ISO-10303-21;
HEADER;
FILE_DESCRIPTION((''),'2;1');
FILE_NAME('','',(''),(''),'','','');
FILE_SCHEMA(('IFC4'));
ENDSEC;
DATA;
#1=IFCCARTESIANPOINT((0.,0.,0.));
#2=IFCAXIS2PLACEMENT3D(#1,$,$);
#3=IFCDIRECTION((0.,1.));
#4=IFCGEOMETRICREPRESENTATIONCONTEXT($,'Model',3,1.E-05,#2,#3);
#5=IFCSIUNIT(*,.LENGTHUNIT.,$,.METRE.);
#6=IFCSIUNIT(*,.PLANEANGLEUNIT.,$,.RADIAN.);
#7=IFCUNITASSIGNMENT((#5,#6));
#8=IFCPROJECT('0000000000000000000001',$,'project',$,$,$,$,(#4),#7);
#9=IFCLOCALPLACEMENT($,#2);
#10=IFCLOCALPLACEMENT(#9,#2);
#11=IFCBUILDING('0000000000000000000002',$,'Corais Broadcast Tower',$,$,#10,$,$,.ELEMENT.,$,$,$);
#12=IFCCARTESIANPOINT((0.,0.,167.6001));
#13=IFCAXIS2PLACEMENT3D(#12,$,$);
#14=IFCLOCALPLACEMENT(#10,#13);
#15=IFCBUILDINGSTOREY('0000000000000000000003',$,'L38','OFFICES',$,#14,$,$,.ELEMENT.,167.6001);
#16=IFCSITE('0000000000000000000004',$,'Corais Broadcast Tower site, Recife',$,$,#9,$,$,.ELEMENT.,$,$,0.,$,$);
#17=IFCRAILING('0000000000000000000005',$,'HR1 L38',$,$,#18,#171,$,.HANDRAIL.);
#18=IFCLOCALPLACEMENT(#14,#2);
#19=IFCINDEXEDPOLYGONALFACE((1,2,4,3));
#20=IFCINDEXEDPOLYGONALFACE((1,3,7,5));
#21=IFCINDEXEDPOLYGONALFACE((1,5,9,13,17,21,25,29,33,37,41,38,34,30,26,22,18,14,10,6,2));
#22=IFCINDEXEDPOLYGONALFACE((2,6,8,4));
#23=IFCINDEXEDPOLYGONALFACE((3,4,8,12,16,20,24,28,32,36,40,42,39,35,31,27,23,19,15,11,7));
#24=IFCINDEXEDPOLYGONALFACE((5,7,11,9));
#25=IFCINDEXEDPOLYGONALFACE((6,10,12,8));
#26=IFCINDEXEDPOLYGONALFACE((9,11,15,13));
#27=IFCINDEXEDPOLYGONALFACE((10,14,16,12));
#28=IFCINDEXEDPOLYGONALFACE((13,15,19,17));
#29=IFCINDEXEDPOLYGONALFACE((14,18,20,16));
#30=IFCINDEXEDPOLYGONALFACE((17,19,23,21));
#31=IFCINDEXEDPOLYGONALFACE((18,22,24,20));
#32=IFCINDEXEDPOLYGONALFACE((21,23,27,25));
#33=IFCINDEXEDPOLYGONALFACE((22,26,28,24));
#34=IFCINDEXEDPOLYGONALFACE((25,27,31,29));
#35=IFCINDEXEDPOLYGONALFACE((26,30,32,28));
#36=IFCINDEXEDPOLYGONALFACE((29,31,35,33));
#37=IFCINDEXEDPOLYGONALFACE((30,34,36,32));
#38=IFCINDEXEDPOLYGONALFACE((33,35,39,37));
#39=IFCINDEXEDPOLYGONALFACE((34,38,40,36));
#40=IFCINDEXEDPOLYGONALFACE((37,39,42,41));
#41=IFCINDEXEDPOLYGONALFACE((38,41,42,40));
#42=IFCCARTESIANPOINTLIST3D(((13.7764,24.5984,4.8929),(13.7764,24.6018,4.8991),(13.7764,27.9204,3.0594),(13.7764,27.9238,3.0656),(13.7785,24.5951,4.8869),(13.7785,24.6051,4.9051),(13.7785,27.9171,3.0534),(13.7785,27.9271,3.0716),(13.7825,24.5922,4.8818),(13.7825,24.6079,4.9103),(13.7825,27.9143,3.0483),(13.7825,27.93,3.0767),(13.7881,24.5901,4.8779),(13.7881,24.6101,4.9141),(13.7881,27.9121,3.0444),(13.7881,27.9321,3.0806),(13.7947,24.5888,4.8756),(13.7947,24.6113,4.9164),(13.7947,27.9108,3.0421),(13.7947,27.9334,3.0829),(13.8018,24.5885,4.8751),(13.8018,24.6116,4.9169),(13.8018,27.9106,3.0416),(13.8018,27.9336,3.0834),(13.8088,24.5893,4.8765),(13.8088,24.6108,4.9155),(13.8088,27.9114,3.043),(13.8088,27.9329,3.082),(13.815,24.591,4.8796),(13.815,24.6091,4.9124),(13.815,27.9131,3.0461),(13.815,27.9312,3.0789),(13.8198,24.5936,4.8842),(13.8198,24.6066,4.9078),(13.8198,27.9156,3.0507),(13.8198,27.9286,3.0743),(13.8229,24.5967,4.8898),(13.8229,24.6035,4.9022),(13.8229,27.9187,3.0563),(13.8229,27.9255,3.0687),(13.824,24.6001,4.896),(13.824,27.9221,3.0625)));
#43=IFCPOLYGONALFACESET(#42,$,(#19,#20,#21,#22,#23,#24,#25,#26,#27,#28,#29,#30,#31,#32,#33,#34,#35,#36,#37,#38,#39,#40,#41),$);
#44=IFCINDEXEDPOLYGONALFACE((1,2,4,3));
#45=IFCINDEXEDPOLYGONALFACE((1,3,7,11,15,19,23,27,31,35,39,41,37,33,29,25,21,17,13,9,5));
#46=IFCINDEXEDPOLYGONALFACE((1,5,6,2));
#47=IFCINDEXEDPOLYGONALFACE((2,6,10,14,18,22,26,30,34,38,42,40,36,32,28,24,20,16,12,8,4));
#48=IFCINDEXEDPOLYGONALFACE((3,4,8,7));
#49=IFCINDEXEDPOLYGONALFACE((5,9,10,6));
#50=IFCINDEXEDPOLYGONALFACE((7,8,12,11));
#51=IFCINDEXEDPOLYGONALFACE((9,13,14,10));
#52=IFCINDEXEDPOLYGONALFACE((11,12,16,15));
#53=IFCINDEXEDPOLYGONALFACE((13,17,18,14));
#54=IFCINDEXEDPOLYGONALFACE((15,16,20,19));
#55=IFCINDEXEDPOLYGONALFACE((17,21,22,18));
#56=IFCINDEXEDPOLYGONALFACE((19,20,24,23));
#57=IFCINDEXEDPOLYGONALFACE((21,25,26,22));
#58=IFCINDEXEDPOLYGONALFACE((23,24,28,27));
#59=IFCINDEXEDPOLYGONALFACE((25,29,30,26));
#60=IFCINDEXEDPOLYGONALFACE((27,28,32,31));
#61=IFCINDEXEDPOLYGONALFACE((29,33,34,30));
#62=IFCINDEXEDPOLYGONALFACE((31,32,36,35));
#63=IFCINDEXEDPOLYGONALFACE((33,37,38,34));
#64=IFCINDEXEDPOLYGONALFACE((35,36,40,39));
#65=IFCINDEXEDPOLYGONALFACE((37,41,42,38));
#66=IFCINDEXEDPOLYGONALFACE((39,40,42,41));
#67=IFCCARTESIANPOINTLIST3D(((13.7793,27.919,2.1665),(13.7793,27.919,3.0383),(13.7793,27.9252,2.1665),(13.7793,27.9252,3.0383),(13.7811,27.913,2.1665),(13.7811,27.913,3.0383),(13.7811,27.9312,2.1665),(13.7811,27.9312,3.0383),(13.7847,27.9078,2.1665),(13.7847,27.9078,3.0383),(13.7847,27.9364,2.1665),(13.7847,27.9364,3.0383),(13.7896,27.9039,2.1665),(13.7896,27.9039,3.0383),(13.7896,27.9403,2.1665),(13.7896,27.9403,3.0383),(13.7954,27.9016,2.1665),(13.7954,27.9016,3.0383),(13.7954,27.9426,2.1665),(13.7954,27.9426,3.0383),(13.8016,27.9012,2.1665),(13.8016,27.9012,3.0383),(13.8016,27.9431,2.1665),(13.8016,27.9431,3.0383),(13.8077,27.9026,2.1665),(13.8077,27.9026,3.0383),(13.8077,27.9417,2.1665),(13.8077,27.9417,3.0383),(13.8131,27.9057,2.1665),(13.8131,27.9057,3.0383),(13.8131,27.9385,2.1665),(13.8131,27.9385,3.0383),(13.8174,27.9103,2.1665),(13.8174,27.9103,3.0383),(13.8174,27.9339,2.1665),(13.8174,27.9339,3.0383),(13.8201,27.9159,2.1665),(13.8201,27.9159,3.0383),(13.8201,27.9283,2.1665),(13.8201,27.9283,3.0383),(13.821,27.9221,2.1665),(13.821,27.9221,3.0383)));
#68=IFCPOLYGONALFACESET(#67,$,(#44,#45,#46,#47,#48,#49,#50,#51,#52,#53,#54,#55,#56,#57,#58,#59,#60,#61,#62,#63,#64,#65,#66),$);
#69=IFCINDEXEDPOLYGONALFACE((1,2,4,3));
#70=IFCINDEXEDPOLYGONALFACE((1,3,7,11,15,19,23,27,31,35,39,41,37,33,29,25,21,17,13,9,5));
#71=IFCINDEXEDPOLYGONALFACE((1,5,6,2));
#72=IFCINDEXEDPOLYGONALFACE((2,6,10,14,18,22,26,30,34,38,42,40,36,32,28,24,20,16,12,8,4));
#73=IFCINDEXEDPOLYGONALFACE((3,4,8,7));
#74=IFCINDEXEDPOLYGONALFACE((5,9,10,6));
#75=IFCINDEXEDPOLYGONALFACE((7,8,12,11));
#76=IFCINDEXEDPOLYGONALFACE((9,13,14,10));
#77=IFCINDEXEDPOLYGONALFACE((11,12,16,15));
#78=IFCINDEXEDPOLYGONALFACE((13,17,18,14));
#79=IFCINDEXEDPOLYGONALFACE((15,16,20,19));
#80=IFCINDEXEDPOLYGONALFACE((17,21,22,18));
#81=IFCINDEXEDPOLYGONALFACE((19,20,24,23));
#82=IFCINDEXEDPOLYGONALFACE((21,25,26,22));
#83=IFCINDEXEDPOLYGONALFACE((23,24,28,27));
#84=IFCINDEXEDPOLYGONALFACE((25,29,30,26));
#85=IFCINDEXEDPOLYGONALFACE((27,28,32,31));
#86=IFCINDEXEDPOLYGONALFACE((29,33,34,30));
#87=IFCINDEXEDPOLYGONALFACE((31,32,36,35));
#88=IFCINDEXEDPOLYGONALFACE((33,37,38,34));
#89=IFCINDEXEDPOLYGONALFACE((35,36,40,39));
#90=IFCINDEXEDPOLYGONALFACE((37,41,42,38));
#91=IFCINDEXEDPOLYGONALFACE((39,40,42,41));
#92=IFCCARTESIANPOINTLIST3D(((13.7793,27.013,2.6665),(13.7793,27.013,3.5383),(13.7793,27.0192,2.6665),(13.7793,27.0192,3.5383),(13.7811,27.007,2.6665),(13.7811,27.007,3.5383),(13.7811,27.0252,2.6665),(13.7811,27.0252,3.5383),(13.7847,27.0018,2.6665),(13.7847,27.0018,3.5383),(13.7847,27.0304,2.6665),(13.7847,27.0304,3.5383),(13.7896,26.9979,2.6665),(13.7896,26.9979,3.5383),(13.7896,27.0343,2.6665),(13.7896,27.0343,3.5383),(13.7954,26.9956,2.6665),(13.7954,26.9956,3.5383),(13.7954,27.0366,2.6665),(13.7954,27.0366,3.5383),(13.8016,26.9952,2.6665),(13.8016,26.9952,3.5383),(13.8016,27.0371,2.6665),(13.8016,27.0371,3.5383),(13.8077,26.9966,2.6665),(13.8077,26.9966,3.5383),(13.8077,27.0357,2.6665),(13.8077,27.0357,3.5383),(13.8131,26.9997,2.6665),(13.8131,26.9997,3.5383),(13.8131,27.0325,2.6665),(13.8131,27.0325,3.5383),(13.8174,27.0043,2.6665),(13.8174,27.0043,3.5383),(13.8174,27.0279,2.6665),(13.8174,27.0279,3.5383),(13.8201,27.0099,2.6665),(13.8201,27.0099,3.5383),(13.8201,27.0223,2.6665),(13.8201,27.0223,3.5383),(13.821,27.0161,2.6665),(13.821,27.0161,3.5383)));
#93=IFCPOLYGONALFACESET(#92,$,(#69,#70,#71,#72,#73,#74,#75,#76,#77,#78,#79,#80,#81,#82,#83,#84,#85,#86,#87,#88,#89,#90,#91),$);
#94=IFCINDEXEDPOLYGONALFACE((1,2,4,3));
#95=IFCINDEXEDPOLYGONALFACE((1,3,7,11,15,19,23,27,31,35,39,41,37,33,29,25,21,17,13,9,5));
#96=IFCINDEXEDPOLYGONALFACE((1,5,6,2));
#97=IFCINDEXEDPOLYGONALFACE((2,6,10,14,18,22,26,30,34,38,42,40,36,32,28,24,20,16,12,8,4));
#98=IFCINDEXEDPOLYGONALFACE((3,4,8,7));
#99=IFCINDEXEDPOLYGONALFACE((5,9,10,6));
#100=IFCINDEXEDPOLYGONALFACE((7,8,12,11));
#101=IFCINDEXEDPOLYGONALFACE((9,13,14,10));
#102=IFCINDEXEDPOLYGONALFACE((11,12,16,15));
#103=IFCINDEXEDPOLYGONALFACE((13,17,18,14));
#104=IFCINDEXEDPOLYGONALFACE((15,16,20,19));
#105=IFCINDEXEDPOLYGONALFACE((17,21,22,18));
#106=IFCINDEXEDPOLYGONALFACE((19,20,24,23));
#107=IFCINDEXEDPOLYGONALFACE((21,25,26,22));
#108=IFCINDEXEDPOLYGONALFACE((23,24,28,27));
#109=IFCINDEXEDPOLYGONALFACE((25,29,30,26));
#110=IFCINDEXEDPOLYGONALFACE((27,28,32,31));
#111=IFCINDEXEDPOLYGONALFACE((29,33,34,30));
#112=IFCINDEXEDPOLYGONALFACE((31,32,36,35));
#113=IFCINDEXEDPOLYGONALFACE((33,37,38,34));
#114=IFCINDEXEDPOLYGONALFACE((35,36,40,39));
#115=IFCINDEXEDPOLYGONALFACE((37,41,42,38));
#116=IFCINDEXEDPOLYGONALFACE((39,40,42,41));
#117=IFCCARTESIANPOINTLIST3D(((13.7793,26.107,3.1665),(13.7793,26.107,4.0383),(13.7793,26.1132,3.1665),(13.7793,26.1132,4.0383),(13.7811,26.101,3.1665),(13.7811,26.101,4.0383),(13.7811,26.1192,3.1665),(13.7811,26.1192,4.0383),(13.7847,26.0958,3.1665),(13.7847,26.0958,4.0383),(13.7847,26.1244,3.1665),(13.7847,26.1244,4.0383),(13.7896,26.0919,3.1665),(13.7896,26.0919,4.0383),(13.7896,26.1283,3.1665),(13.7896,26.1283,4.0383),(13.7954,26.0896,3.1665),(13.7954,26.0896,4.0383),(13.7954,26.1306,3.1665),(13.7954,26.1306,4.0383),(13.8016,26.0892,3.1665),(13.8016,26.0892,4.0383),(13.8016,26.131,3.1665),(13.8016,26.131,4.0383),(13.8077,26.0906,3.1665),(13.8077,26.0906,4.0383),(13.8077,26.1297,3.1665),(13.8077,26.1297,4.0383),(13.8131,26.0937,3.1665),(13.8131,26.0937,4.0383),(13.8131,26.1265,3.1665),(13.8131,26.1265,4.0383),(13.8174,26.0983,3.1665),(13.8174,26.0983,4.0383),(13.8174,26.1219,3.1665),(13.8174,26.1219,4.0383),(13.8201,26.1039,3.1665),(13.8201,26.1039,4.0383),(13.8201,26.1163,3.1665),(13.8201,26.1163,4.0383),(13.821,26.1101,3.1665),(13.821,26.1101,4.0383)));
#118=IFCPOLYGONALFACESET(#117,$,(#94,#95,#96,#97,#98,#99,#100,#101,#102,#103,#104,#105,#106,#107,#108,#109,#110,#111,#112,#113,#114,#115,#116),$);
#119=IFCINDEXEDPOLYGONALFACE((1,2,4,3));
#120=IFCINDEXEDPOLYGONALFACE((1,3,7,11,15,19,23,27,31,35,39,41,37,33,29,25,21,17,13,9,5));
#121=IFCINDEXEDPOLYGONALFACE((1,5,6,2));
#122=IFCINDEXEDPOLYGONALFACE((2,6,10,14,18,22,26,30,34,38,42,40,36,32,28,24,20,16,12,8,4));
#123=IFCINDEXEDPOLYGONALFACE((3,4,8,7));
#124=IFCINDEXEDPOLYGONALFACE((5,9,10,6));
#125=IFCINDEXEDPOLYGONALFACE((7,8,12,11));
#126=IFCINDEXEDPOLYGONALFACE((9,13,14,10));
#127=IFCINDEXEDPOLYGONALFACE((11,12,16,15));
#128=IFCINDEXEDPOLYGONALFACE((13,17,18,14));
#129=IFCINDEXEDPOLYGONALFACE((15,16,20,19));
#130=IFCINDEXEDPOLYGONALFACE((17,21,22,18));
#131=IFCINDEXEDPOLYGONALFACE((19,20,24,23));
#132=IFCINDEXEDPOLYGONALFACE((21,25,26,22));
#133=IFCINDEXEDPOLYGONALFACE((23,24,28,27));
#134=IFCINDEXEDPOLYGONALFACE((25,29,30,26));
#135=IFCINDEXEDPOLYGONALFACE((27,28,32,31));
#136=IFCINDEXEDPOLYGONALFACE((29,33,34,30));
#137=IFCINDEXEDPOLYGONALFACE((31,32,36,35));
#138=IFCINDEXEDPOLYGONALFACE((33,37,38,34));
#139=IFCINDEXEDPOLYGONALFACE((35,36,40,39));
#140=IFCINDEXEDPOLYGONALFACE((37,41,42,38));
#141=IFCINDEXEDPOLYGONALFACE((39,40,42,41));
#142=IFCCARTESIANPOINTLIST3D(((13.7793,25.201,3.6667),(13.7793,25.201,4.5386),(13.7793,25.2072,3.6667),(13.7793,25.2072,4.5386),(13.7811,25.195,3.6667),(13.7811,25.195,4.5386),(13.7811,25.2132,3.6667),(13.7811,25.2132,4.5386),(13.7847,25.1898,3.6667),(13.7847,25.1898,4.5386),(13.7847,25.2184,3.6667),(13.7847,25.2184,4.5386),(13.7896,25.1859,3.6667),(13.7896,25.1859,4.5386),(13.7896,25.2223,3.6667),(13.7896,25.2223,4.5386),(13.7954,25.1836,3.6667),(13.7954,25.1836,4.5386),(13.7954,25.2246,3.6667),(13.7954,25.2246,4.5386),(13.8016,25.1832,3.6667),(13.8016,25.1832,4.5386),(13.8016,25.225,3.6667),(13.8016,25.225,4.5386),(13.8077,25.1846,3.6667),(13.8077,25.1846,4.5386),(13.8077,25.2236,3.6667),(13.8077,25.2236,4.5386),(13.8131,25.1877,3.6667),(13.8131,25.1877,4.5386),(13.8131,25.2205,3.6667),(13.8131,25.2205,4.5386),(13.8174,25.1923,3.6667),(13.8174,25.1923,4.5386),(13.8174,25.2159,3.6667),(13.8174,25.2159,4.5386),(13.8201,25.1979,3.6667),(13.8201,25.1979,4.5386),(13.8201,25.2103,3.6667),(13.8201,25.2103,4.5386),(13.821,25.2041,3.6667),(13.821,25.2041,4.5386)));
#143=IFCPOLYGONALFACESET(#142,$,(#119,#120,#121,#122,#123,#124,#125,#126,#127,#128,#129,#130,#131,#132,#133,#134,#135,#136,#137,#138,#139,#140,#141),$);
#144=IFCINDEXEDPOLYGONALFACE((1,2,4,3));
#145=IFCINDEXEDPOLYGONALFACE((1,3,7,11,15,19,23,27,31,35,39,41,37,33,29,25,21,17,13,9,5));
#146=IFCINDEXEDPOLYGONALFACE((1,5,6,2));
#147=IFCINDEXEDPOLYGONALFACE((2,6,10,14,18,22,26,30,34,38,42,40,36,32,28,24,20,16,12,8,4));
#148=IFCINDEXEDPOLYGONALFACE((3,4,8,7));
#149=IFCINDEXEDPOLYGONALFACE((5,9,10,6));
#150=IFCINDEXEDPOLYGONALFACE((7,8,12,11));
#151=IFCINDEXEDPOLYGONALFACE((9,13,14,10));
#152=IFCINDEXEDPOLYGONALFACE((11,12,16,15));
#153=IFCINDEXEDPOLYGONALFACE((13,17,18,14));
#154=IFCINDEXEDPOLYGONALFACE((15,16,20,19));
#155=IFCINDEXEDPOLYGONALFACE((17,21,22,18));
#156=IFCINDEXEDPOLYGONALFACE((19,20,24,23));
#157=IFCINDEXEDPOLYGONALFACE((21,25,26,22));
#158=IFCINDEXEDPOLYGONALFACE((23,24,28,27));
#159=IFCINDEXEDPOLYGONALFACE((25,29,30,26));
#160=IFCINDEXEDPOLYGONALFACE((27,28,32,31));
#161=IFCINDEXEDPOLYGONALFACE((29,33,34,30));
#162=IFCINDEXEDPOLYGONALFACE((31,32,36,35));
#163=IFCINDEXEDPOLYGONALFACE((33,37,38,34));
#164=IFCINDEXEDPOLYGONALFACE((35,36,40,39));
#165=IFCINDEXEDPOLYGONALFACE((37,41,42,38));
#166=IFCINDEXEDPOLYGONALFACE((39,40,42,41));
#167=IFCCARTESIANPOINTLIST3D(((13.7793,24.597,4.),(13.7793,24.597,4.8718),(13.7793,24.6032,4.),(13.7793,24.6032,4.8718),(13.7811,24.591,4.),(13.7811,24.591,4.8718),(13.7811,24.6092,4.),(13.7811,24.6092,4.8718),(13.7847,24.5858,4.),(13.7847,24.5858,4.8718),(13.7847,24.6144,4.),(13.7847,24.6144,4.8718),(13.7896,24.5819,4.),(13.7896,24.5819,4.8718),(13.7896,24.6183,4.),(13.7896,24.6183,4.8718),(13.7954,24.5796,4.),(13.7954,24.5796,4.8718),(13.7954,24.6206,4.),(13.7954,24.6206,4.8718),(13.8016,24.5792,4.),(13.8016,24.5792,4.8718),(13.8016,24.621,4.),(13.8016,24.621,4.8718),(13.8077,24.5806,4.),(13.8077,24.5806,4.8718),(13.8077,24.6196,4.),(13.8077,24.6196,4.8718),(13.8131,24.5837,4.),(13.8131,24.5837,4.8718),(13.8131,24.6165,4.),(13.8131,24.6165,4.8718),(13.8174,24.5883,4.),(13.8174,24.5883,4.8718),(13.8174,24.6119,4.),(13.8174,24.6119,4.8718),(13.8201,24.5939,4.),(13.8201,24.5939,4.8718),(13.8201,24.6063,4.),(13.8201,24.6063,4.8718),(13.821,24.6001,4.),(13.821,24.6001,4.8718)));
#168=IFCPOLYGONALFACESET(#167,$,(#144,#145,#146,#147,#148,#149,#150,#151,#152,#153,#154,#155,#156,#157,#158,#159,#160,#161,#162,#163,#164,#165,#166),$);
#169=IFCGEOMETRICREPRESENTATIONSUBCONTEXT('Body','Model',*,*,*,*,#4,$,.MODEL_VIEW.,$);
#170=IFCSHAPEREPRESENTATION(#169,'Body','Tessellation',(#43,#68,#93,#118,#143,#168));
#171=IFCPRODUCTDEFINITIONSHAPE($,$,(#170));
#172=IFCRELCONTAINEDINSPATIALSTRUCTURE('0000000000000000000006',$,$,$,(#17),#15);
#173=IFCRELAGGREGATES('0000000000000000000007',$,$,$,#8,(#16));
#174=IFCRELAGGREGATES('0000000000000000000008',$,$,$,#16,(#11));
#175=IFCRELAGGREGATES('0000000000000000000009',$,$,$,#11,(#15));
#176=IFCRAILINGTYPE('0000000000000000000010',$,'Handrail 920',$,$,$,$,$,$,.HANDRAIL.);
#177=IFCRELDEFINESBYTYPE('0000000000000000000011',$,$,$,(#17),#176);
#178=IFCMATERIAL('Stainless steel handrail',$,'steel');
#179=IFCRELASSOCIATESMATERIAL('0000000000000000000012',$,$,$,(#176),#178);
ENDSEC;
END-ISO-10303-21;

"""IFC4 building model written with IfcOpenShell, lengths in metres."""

from ifc_helpers import new_model, si_unit, direction, frame, origin, origin_2d, place, context, subcontext, project, spatial, circle, extrude, material, type_object, element, save


model = new_model("IFC4")

# Units and contexts
model_context = context("Model", 3, precision=1e-05, world=origin(), true_north=direction((0.0, 1.0)))
body_context = subcontext(model_context, "Body", "Model", "MODEL_VIEW")
ifc_project = project(units=[si_unit("LENGTHUNIT", "METRE"), si_unit("PLANEANGLEUNIT", "RADIAN")], contexts=[model_context])

# Site, building, storey
site_placement = place(None, origin())
site = spatial("IfcSite", under=ifc_project, at=site_placement, Name="Corais Broadcast Tower site, Recife", CompositionType="ELEMENT", RefElevation=0.0)
building_placement = place(site_placement, origin())
building = spatial("IfcBuilding", under=site, at=building_placement, Name="Corais Broadcast Tower", CompositionType="ELEMENT")
storey_placement = place(building_placement, frame((0.0, 0.0, 167.6001)))
storey = spatial("IfcBuildingStorey", under=building, at=storey_placement, Name="L38", Description="OFFICES", CompositionType="ELEMENT", Elevation=167.6001)

# Railing
ifc_material_1 = material(Name="Stainless steel handrail", Category="steel")
railing_type = type_object("IfcRailingType", Name="Handrail 920", PredefinedType="HANDRAIL", material=ifc_material_1)
for number, where, name in (
    (1, (13.8, 27.9221, 2.1665), "HR1 L38"),
):
    element("IfcRailing", number, at=place(storey_placement, frame(where)), inside=storey, type_object=railing_type, Name=name, PredefinedType="HANDRAIL", context=body_context, shape_type="SweptSolid", body=[
        extrude(circle(Radius=0.0239, at=origin_2d()), frame((0.0, 0.0, 0.896), z_axis=(0.0, -0.875504, 0.48321), x_axis=(1.0, 0.0, 0.0)), (0.0, 0.0, 1.0), 3.7944),
        extrude(circle(Radius=0.021, at=origin_2d()), origin(), (0.0, 0.0, 1.0), 0.8718),
        extrude(circle(Radius=0.021, at=origin_2d()), frame((0.0, -0.906, 0.5)), (0.0, 0.0, 1.0), 0.8718),
        extrude(circle(Radius=0.021, at=origin_2d()), frame((0.0, -1.812, 1.0)), (0.0, 0.0, 1.0), 0.8718),
        extrude(circle(Radius=0.021, at=origin_2d()), frame((0.0, -2.718, 1.5002)), (0.0, 0.0, 1.0), 0.8718),
        extrude(circle(Radius=0.021, at=origin_2d()), frame((0.0, -3.322, 1.8335)), (0.0, 0.0, 1.0), 0.8718),
    ])

save(model, "model.ifc")
